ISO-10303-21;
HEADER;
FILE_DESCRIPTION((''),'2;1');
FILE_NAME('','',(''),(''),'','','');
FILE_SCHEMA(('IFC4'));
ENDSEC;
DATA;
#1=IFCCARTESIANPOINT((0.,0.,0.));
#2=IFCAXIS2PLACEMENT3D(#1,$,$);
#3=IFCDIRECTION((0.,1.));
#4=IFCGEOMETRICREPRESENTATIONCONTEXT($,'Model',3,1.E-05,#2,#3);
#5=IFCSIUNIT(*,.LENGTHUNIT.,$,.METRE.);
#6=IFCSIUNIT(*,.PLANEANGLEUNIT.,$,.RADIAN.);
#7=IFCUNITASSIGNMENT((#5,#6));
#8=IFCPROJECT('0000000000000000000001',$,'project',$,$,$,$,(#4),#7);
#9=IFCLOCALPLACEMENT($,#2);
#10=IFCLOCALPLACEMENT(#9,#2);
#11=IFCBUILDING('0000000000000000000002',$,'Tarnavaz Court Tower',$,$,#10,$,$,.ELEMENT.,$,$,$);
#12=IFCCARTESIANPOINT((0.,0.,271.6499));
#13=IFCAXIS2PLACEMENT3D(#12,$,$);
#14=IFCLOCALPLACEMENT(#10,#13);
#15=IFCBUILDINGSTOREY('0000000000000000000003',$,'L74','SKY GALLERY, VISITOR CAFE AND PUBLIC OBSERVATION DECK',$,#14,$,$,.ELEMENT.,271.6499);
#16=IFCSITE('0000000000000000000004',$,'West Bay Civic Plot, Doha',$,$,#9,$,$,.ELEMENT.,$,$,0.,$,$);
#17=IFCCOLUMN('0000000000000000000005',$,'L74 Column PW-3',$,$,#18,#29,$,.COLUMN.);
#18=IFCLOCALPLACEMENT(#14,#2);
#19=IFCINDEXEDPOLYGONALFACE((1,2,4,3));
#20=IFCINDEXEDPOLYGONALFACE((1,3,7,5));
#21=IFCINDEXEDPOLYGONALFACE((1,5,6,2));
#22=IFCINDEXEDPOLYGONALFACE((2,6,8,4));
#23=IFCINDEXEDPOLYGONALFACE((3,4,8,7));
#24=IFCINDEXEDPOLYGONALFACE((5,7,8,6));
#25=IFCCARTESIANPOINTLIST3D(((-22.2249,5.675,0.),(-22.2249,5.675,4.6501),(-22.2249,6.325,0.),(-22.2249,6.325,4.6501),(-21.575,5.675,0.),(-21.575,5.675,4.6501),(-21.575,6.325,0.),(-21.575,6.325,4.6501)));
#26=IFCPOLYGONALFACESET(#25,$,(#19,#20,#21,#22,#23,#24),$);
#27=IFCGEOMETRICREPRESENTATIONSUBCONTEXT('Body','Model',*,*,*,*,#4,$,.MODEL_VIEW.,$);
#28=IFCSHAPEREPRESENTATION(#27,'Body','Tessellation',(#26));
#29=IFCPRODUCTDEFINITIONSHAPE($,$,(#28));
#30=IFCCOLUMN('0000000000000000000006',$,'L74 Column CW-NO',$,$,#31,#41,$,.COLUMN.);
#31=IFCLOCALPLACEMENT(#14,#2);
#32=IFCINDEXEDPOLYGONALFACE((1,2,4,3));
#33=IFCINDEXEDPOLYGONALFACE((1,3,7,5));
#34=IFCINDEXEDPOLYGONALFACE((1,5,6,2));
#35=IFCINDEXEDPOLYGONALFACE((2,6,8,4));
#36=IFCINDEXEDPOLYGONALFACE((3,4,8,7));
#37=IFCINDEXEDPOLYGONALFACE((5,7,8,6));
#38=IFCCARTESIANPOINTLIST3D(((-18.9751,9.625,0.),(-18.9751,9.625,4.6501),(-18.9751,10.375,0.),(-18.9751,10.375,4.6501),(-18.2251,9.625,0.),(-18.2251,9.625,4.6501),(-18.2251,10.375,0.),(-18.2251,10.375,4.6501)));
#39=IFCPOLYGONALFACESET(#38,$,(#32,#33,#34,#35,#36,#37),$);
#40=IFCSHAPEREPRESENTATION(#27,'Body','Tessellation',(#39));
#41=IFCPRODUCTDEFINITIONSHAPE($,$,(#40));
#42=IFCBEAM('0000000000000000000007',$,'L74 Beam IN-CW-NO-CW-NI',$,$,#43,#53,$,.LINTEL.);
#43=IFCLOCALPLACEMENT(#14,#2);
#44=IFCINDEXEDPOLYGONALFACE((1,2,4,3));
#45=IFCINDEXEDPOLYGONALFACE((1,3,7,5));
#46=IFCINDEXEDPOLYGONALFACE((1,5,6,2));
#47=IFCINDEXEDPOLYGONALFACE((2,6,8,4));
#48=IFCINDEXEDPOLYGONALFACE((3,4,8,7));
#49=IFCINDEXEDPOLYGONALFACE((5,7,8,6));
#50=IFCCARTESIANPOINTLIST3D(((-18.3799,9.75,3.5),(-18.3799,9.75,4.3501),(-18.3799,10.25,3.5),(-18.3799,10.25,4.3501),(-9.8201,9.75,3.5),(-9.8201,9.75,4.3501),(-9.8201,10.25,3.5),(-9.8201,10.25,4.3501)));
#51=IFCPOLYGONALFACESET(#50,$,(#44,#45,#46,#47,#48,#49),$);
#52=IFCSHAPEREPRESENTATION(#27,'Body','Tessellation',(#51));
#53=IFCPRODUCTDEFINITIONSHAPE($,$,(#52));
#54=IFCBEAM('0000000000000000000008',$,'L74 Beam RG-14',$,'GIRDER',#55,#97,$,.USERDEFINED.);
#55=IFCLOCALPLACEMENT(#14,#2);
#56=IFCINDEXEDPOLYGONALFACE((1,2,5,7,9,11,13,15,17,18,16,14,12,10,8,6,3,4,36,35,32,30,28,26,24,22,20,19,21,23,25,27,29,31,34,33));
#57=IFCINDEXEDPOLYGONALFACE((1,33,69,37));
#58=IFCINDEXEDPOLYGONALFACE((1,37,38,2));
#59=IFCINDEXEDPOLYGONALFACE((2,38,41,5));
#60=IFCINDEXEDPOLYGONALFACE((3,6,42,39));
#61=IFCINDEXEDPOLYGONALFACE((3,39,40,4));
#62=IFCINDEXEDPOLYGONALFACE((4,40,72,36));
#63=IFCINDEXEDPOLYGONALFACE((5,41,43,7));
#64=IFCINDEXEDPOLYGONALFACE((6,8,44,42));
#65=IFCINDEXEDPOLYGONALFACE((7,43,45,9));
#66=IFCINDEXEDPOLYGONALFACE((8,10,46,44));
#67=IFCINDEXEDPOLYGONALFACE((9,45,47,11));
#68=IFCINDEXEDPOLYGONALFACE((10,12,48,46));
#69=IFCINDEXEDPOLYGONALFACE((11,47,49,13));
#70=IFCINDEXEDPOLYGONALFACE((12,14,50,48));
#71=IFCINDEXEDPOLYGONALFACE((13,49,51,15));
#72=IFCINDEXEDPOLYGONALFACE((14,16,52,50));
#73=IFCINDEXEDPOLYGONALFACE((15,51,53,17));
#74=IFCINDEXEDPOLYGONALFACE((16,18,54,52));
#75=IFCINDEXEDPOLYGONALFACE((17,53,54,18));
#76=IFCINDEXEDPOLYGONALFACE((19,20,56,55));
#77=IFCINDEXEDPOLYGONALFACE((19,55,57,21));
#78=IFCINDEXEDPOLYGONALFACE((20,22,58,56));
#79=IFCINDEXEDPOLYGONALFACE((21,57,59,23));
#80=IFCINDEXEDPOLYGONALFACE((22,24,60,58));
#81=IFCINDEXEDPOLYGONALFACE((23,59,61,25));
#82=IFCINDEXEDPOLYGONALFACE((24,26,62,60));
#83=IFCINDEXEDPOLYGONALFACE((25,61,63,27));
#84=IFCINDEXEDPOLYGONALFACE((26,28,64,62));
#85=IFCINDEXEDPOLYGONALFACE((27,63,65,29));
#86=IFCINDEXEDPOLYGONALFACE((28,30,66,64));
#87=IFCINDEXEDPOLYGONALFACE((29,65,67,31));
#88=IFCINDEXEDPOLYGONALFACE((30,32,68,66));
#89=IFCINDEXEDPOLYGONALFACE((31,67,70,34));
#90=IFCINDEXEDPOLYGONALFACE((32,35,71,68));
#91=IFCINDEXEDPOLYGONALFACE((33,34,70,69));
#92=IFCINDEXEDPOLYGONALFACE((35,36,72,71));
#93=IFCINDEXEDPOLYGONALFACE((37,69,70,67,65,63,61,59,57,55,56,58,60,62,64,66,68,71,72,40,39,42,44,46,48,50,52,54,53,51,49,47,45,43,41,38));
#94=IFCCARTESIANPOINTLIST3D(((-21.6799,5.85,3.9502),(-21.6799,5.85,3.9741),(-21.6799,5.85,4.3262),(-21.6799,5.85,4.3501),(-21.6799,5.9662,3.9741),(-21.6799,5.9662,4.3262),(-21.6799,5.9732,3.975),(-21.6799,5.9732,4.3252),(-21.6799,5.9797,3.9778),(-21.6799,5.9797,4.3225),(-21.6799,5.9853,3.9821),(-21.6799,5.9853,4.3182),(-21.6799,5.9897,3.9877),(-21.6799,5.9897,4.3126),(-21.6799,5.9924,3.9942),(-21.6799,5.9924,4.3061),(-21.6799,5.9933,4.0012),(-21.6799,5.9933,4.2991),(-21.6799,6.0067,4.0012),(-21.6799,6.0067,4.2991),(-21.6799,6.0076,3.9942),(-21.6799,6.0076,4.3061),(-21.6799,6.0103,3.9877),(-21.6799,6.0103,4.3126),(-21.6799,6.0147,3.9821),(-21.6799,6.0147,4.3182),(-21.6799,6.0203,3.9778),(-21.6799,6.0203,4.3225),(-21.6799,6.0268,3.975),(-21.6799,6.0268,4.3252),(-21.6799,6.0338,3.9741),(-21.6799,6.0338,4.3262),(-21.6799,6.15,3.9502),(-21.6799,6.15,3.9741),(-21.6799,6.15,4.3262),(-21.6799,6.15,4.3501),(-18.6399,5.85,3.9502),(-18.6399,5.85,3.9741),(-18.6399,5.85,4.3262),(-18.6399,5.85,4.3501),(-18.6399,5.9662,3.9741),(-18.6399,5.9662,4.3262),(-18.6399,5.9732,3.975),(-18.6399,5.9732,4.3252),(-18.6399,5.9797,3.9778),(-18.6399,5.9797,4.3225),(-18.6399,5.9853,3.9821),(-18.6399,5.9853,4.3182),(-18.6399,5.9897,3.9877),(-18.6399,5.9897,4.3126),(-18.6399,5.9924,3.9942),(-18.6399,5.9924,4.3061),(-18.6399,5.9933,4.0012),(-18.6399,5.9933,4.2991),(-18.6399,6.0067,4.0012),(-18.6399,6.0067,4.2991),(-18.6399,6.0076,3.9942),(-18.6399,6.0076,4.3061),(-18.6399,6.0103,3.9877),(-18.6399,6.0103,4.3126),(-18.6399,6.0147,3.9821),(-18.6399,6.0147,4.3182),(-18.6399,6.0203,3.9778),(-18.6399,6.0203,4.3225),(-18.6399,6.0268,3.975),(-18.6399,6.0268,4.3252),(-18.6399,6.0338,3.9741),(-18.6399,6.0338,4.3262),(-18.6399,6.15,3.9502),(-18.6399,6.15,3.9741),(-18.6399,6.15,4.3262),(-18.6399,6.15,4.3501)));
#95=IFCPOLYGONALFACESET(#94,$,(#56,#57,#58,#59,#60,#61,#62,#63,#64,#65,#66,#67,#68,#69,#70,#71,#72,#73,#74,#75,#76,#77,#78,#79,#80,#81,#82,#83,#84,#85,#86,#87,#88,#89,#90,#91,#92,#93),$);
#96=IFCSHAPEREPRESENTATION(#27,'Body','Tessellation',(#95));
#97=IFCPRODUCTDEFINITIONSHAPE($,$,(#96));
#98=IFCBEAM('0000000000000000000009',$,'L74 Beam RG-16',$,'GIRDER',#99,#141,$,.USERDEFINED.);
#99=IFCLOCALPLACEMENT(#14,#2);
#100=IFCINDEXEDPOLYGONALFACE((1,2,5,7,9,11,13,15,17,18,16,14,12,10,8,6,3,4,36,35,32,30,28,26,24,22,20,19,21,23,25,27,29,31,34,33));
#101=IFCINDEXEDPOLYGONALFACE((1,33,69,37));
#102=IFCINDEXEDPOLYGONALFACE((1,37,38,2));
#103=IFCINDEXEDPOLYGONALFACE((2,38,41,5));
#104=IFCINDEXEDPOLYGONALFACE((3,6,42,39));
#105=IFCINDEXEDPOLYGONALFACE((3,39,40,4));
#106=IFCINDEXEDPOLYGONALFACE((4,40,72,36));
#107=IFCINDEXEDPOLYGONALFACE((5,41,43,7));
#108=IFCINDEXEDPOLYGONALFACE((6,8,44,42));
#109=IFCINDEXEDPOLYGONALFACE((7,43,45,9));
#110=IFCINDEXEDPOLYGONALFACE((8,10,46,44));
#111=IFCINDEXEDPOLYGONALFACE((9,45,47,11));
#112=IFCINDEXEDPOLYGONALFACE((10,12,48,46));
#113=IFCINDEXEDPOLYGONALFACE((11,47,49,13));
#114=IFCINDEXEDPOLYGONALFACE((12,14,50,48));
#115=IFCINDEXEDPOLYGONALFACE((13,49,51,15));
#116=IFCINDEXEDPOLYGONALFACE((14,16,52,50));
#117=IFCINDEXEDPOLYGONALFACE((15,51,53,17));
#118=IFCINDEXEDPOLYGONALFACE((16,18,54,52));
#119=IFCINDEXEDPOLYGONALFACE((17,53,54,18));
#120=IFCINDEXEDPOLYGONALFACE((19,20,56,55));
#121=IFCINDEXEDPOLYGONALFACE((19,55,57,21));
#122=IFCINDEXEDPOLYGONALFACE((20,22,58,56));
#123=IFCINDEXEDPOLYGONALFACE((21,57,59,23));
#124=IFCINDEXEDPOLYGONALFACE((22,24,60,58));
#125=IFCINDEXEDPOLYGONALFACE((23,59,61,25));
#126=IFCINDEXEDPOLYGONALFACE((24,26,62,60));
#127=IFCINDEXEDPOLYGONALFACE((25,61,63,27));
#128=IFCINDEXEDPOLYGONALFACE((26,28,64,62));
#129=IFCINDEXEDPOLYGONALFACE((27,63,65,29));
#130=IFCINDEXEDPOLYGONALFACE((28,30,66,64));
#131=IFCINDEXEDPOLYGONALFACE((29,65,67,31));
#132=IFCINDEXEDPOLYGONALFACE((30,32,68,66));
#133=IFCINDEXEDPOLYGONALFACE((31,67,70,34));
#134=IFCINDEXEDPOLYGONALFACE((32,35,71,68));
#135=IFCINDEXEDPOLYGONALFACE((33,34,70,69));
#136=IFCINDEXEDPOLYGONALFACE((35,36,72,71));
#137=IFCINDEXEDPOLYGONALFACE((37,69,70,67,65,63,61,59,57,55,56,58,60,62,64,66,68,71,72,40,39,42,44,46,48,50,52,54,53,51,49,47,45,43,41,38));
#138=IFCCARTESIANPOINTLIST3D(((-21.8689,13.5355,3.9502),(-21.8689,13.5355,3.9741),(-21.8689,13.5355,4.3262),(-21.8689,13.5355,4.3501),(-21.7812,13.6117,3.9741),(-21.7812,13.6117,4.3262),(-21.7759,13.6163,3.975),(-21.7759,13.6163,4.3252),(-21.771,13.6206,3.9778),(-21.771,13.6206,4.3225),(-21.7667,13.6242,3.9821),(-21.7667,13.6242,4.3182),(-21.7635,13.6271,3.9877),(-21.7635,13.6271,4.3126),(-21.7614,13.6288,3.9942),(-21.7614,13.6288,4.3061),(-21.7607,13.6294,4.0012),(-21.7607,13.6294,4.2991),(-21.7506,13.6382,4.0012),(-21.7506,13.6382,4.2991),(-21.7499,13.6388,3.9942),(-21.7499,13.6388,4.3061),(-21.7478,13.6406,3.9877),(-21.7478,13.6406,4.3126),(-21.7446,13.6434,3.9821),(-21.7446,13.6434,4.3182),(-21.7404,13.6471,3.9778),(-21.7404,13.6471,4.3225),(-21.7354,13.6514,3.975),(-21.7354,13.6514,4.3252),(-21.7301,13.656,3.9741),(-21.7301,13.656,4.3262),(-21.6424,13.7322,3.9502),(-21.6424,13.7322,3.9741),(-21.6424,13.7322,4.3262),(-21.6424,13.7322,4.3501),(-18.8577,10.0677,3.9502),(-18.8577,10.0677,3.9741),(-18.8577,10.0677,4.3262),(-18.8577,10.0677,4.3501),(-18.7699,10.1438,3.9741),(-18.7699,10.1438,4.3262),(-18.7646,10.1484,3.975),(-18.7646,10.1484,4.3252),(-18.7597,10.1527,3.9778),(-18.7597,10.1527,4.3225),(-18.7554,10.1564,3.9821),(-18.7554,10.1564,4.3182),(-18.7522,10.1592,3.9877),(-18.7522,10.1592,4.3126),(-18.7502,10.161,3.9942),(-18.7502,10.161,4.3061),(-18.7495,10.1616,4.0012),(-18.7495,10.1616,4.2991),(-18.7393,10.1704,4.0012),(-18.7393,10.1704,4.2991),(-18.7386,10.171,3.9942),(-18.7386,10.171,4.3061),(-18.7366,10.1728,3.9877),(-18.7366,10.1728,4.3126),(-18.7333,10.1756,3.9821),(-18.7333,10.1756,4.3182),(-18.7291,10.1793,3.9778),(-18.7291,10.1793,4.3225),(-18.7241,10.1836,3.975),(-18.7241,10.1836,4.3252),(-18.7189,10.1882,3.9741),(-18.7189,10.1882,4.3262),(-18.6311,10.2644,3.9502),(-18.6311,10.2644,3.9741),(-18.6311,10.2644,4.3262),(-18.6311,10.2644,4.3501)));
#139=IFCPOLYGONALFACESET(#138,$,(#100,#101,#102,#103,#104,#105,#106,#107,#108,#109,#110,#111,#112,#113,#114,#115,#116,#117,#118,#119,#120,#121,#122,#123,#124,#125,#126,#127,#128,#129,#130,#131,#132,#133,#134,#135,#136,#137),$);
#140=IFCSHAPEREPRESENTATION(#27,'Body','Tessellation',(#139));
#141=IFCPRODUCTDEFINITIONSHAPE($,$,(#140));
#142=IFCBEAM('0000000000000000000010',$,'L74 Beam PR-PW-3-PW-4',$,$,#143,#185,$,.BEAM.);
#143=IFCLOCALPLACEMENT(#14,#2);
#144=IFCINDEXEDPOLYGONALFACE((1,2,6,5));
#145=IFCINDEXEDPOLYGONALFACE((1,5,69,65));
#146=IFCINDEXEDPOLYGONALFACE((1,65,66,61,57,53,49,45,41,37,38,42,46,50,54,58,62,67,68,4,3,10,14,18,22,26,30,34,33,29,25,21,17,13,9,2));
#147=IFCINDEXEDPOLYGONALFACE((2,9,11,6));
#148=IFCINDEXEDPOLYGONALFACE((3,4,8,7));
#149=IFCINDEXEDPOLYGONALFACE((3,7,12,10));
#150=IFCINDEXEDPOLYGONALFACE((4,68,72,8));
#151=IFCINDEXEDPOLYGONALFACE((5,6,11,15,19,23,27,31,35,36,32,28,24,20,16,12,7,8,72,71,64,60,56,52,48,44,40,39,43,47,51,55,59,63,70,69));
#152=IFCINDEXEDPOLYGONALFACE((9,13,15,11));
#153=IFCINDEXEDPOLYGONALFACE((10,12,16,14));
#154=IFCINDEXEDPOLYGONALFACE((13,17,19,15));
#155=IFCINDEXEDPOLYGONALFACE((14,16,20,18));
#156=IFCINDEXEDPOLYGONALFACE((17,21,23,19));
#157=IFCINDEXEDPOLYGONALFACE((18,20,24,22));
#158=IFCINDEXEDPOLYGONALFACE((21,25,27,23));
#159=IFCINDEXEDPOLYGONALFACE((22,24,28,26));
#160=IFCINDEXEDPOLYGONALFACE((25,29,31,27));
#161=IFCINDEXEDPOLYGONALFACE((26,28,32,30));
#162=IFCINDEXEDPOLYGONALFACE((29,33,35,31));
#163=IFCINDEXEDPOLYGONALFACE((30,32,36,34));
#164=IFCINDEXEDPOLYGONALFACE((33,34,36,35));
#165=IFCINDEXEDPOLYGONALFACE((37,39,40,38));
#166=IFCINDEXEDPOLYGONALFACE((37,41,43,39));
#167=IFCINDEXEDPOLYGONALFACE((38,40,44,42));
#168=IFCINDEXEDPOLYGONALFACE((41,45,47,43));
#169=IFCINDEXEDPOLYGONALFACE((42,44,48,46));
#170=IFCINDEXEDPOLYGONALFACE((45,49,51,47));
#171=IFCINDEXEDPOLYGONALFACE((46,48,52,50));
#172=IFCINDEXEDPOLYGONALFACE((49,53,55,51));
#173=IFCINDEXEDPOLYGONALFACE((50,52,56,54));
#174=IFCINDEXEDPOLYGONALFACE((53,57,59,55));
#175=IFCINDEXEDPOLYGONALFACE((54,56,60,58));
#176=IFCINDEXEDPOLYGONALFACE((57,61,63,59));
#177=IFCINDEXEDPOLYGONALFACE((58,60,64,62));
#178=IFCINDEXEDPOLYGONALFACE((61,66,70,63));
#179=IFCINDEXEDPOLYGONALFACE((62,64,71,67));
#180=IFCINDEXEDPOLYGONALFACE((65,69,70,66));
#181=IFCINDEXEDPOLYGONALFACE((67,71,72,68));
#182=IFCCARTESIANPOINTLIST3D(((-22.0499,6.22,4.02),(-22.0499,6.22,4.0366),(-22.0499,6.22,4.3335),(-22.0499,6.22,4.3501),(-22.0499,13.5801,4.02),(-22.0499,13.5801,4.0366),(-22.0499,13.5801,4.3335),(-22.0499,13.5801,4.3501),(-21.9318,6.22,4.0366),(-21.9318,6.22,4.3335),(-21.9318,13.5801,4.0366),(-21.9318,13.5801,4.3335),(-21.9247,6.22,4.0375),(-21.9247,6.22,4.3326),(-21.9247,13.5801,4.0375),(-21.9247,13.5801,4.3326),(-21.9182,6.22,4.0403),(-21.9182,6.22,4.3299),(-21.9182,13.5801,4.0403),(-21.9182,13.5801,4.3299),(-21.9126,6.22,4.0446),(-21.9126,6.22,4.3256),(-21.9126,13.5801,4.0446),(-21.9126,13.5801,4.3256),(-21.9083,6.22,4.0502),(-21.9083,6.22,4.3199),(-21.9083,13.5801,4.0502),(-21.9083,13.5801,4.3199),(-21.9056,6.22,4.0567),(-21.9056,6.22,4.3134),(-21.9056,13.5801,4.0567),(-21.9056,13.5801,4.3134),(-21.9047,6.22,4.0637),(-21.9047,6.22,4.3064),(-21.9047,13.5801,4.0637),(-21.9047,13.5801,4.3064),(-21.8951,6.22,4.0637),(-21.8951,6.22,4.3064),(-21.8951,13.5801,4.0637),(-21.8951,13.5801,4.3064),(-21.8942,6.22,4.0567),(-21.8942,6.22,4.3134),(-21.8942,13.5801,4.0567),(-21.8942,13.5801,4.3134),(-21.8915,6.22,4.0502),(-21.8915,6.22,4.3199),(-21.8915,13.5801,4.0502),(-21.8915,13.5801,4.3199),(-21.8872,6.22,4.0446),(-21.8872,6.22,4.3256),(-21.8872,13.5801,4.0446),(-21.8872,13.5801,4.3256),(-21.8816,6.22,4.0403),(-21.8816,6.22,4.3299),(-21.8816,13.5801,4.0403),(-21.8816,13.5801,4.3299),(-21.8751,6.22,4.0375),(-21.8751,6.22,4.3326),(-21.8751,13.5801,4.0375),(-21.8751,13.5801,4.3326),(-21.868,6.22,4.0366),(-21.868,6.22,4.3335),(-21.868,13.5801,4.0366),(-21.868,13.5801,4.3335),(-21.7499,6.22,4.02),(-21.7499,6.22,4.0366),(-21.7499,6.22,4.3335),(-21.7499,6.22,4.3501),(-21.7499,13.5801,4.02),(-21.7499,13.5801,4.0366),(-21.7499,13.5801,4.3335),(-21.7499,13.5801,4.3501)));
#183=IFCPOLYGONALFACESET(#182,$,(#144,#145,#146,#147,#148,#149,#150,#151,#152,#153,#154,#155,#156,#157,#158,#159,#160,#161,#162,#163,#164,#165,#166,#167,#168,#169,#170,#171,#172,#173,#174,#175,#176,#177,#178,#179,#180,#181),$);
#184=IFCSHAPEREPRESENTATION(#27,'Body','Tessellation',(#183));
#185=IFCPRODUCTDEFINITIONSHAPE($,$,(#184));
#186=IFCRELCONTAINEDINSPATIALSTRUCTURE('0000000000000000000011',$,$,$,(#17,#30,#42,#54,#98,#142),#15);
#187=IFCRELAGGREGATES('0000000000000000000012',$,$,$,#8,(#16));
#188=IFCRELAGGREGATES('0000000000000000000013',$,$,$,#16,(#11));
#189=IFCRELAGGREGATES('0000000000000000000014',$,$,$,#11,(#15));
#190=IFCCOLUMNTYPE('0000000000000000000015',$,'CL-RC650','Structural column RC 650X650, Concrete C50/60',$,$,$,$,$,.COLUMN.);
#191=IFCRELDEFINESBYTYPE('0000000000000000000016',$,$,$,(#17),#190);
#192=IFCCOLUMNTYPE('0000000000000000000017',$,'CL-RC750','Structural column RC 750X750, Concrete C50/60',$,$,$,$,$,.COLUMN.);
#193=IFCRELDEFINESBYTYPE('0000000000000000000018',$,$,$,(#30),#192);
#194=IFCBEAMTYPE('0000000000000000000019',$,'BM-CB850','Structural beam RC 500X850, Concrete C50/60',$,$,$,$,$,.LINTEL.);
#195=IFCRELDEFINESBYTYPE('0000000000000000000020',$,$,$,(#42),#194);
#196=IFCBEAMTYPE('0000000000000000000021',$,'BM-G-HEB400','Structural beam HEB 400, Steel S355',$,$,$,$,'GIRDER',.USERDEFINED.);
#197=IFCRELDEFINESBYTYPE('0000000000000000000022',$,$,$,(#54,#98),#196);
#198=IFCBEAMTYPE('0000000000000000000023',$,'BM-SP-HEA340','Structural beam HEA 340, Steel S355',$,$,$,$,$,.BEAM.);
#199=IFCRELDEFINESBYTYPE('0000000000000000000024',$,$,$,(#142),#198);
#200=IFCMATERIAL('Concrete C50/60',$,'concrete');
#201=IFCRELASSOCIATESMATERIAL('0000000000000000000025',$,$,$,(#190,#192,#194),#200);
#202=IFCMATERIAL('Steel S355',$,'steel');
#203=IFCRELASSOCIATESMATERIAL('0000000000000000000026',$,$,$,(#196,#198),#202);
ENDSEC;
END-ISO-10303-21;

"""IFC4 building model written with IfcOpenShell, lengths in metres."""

from ifc_helpers import new_model, si_unit, direction, frame, origin, origin_2d, place, context, subcontext, project, spatial, rectangle, i_section, extrude, material, material_profile, profile_set, type_object, element, save


model = new_model("IFC4")

# Units and contexts
model_context = context("Model", 3, precision=1e-05, world=origin(), true_north=direction((0.0, 1.0)))
body_context = subcontext(model_context, "Body", "Model", "MODEL_VIEW")
ifc_project = project(units=[si_unit("LENGTHUNIT", "METRE"), si_unit("PLANEANGLEUNIT", "RADIAN")], contexts=[model_context])

# Site, building, storey
site_placement = place(None, origin())
site = spatial("IfcSite", under=ifc_project, at=site_placement, Name="West Bay Civic Plot, Doha", CompositionType="ELEMENT", RefElevation=0.0)
building_placement = place(site_placement, origin())
building = spatial("IfcBuilding", under=site, at=building_placement, Name="Tarnavaz Court Tower", CompositionType="ELEMENT")
storey_placement = place(building_placement, frame((0.0, 0.0, 271.6499)))
storey = spatial("IfcBuildingStorey", under=building, at=storey_placement, Name="L74", Description="SKY GALLERY, VISITOR CAFE AND PUBLIC OBSERVATION DECK", CompositionType="ELEMENT", Elevation=271.6499)

# Columns
ifc_material_1 = material(Name="Concrete C50/60", Category="concrete")
ifc_material_profile_1 = material_profile(ifc_material_1, rectangle(XDim=0.6499, YDim=0.6499, at=origin_2d()), Name="RC 650X650")
ifc_profile_set_1 = profile_set([ifc_material_profile_1], Name="Concrete C50/60")
column_type_1 = type_object("IfcColumnType", Name="CL-RC650", Description="Structural column RC 650X650, Concrete C50/60", PredefinedType="COLUMN", material=ifc_profile_set_1)
column_1_placement = place(storey_placement, frame((-21.8999, 6.0, 0.0), z_axis=(0.0, 0.0, 1.0), x_axis=(1.0, 0.0, 0.0)))
element("IfcColumn", 1, at=column_1_placement, inside=storey, type_object=column_type_1, Name="L74 Column PW-3", PredefinedType="COLUMN", context=body_context, shape_type="SweptSolid", body=[
    extrude(rectangle(XDim=0.6499, YDim=0.6499, at=origin_2d()), origin(), (0.0, 0.0, 1.0), 4.6501),
])
ifc_material_profile_2 = material_profile(ifc_material_1, rectangle(XDim=0.75, YDim=0.75, at=origin_2d()), Name="RC 750X750")
ifc_profile_set_2 = profile_set([ifc_material_profile_2], Name="Concrete C50/60")
column_type_2 = type_object("IfcColumnType", Name="CL-RC750", Description="Structural column RC 750X750, Concrete C50/60", PredefinedType="COLUMN", material=ifc_profile_set_2)
column_2_placement = place(storey_placement, frame((-18.6001, 10.0, 0.0), z_axis=(0.0, 0.0, 1.0), x_axis=(1.0, 0.0, 0.0)))
element("IfcColumn", 2, at=column_2_placement, inside=storey, type_object=column_type_2, Name="L74 Column CW-NO", PredefinedType="COLUMN", context=body_context, shape_type="SweptSolid", body=[
    extrude(rectangle(XDim=0.75, YDim=0.75, at=origin_2d()), origin(), (0.0, 0.0, 1.0), 4.6501),
])

# Beams
ifc_material_profile_3 = material_profile(ifc_material_1, rectangle(XDim=0.5, YDim=0.8501, at=origin_2d()), Name="RC 500X850")
ifc_profile_set_3 = profile_set([ifc_material_profile_3], Name="Concrete C50/60")
beam_type_1 = type_object("IfcBeamType", Name="BM-CB850", Description="Structural beam RC 500X850, Concrete C50/60", PredefinedType="LINTEL", material=ifc_profile_set_3)
beam_1_placement = place(storey_placement, frame((-18.3799, 10.0, 3.925), z_axis=(1.0, 0.0, 0.0), x_axis=(0.0, 1.0, 0.0)))
element("IfcBeam", 3, at=beam_1_placement, inside=storey, type_object=beam_type_1, Name="L74 Beam IN-CW-NO-CW-NI", PredefinedType="LINTEL", context=body_context, shape_type="SweptSolid", body=[
    extrude(rectangle(XDim=0.5, YDim=0.8501, at=origin_2d()), origin(), (0.0, 0.0, 1.0), 8.5598),
])
ifc_material_2 = material(Name="Steel S355", Category="steel")
ifc_material_profile_4 = material_profile(ifc_material_2, i_section(OverallWidth=0.3, OverallDepth=0.3999, WebThickness=0.0134, FlangeThickness=0.0239, FilletRadius=0.0271, at=origin_2d()), Name="HEB 400")
ifc_profile_set_4 = profile_set([ifc_material_profile_4], Name="Steel S355")
beam_type_2 = type_object("IfcBeamType", Name="BM-G-HEB400", Description="Structural beam HEB 400, Steel S355", ElementType="GIRDER", PredefinedType="USERDEFINED", material=ifc_profile_set_4)
beam_2_placement = place(storey_placement, frame((-18.6399, 6.0, 4.1501), z_axis=(-1.0, 0.0, 0.0), x_axis=(0.0, -1.0, 0.0)))
element("IfcBeam", 4, at=beam_2_placement, inside=storey, type_object=beam_type_2, Name="L74 Beam RG-14", ObjectType="GIRDER", PredefinedType="USERDEFINED", context=body_context, shape_type="SweptSolid", body=[
    extrude(i_section(OverallWidth=0.3, OverallDepth=0.3999, WebThickness=0.0134, FlangeThickness=0.0239, FilletRadius=0.0271, at=origin_2d()), origin(), (0.0, 0.0, 1.0), 3.04),
])
beam_3_placement = place(storey_placement, frame((-18.7444, 10.166, 4.1501), z_axis=(-0.655655, 0.755061, 0.0), x_axis=(-0.755061, -0.655655, 0.0)))
element("IfcBeam", 5, at=beam_3_placement, inside=storey, type_object=beam_type_2, Name="L74 Beam RG-16", ObjectType="GIRDER", PredefinedType="USERDEFINED", context=body_context, shape_type="SweptSolid", body=[
    extrude(i_section(OverallWidth=0.3, OverallDepth=0.3999, WebThickness=0.0134, FlangeThickness=0.0239, FilletRadius=0.0271, at=origin_2d()), origin(), (0.0, 0.0, 1.0), 4.5928),
])
ifc_material_profile_5 = material_profile(ifc_material_2, i_section(OverallWidth=0.3, OverallDepth=0.3301, WebThickness=0.0095, FlangeThickness=0.0166, FilletRadius=0.0271, at=origin_2d()), Name="HEA 340")
ifc_profile_set_5 = profile_set([ifc_material_profile_5], Name="Steel S355")
beam_type_3 = type_object("IfcBeamType", Name="BM-SP-HEA340", Description="Structural beam HEA 340, Steel S355", PredefinedType="BEAM", material=ifc_profile_set_5)
beam_4_placement = place(storey_placement, frame((-21.8999, 6.22, 4.1851), z_axis=(0.0, 1.0, 0.0), x_axis=(-1.0, 0.0, 0.0)))
element("IfcBeam", 6, at=beam_4_placement, inside=storey, type_object=beam_type_3, Name="L74 Beam PR-PW-3-PW-4", PredefinedType="BEAM", context=body_context, shape_type="SweptSolid", body=[
    extrude(i_section(OverallWidth=0.3, OverallDepth=0.3301, WebThickness=0.0095, FlangeThickness=0.0166, FilletRadius=0.0271, at=origin_2d()), origin(), (0.0, 0.0, 1.0), 7.3601),
])

save(model, "model.ifc")
